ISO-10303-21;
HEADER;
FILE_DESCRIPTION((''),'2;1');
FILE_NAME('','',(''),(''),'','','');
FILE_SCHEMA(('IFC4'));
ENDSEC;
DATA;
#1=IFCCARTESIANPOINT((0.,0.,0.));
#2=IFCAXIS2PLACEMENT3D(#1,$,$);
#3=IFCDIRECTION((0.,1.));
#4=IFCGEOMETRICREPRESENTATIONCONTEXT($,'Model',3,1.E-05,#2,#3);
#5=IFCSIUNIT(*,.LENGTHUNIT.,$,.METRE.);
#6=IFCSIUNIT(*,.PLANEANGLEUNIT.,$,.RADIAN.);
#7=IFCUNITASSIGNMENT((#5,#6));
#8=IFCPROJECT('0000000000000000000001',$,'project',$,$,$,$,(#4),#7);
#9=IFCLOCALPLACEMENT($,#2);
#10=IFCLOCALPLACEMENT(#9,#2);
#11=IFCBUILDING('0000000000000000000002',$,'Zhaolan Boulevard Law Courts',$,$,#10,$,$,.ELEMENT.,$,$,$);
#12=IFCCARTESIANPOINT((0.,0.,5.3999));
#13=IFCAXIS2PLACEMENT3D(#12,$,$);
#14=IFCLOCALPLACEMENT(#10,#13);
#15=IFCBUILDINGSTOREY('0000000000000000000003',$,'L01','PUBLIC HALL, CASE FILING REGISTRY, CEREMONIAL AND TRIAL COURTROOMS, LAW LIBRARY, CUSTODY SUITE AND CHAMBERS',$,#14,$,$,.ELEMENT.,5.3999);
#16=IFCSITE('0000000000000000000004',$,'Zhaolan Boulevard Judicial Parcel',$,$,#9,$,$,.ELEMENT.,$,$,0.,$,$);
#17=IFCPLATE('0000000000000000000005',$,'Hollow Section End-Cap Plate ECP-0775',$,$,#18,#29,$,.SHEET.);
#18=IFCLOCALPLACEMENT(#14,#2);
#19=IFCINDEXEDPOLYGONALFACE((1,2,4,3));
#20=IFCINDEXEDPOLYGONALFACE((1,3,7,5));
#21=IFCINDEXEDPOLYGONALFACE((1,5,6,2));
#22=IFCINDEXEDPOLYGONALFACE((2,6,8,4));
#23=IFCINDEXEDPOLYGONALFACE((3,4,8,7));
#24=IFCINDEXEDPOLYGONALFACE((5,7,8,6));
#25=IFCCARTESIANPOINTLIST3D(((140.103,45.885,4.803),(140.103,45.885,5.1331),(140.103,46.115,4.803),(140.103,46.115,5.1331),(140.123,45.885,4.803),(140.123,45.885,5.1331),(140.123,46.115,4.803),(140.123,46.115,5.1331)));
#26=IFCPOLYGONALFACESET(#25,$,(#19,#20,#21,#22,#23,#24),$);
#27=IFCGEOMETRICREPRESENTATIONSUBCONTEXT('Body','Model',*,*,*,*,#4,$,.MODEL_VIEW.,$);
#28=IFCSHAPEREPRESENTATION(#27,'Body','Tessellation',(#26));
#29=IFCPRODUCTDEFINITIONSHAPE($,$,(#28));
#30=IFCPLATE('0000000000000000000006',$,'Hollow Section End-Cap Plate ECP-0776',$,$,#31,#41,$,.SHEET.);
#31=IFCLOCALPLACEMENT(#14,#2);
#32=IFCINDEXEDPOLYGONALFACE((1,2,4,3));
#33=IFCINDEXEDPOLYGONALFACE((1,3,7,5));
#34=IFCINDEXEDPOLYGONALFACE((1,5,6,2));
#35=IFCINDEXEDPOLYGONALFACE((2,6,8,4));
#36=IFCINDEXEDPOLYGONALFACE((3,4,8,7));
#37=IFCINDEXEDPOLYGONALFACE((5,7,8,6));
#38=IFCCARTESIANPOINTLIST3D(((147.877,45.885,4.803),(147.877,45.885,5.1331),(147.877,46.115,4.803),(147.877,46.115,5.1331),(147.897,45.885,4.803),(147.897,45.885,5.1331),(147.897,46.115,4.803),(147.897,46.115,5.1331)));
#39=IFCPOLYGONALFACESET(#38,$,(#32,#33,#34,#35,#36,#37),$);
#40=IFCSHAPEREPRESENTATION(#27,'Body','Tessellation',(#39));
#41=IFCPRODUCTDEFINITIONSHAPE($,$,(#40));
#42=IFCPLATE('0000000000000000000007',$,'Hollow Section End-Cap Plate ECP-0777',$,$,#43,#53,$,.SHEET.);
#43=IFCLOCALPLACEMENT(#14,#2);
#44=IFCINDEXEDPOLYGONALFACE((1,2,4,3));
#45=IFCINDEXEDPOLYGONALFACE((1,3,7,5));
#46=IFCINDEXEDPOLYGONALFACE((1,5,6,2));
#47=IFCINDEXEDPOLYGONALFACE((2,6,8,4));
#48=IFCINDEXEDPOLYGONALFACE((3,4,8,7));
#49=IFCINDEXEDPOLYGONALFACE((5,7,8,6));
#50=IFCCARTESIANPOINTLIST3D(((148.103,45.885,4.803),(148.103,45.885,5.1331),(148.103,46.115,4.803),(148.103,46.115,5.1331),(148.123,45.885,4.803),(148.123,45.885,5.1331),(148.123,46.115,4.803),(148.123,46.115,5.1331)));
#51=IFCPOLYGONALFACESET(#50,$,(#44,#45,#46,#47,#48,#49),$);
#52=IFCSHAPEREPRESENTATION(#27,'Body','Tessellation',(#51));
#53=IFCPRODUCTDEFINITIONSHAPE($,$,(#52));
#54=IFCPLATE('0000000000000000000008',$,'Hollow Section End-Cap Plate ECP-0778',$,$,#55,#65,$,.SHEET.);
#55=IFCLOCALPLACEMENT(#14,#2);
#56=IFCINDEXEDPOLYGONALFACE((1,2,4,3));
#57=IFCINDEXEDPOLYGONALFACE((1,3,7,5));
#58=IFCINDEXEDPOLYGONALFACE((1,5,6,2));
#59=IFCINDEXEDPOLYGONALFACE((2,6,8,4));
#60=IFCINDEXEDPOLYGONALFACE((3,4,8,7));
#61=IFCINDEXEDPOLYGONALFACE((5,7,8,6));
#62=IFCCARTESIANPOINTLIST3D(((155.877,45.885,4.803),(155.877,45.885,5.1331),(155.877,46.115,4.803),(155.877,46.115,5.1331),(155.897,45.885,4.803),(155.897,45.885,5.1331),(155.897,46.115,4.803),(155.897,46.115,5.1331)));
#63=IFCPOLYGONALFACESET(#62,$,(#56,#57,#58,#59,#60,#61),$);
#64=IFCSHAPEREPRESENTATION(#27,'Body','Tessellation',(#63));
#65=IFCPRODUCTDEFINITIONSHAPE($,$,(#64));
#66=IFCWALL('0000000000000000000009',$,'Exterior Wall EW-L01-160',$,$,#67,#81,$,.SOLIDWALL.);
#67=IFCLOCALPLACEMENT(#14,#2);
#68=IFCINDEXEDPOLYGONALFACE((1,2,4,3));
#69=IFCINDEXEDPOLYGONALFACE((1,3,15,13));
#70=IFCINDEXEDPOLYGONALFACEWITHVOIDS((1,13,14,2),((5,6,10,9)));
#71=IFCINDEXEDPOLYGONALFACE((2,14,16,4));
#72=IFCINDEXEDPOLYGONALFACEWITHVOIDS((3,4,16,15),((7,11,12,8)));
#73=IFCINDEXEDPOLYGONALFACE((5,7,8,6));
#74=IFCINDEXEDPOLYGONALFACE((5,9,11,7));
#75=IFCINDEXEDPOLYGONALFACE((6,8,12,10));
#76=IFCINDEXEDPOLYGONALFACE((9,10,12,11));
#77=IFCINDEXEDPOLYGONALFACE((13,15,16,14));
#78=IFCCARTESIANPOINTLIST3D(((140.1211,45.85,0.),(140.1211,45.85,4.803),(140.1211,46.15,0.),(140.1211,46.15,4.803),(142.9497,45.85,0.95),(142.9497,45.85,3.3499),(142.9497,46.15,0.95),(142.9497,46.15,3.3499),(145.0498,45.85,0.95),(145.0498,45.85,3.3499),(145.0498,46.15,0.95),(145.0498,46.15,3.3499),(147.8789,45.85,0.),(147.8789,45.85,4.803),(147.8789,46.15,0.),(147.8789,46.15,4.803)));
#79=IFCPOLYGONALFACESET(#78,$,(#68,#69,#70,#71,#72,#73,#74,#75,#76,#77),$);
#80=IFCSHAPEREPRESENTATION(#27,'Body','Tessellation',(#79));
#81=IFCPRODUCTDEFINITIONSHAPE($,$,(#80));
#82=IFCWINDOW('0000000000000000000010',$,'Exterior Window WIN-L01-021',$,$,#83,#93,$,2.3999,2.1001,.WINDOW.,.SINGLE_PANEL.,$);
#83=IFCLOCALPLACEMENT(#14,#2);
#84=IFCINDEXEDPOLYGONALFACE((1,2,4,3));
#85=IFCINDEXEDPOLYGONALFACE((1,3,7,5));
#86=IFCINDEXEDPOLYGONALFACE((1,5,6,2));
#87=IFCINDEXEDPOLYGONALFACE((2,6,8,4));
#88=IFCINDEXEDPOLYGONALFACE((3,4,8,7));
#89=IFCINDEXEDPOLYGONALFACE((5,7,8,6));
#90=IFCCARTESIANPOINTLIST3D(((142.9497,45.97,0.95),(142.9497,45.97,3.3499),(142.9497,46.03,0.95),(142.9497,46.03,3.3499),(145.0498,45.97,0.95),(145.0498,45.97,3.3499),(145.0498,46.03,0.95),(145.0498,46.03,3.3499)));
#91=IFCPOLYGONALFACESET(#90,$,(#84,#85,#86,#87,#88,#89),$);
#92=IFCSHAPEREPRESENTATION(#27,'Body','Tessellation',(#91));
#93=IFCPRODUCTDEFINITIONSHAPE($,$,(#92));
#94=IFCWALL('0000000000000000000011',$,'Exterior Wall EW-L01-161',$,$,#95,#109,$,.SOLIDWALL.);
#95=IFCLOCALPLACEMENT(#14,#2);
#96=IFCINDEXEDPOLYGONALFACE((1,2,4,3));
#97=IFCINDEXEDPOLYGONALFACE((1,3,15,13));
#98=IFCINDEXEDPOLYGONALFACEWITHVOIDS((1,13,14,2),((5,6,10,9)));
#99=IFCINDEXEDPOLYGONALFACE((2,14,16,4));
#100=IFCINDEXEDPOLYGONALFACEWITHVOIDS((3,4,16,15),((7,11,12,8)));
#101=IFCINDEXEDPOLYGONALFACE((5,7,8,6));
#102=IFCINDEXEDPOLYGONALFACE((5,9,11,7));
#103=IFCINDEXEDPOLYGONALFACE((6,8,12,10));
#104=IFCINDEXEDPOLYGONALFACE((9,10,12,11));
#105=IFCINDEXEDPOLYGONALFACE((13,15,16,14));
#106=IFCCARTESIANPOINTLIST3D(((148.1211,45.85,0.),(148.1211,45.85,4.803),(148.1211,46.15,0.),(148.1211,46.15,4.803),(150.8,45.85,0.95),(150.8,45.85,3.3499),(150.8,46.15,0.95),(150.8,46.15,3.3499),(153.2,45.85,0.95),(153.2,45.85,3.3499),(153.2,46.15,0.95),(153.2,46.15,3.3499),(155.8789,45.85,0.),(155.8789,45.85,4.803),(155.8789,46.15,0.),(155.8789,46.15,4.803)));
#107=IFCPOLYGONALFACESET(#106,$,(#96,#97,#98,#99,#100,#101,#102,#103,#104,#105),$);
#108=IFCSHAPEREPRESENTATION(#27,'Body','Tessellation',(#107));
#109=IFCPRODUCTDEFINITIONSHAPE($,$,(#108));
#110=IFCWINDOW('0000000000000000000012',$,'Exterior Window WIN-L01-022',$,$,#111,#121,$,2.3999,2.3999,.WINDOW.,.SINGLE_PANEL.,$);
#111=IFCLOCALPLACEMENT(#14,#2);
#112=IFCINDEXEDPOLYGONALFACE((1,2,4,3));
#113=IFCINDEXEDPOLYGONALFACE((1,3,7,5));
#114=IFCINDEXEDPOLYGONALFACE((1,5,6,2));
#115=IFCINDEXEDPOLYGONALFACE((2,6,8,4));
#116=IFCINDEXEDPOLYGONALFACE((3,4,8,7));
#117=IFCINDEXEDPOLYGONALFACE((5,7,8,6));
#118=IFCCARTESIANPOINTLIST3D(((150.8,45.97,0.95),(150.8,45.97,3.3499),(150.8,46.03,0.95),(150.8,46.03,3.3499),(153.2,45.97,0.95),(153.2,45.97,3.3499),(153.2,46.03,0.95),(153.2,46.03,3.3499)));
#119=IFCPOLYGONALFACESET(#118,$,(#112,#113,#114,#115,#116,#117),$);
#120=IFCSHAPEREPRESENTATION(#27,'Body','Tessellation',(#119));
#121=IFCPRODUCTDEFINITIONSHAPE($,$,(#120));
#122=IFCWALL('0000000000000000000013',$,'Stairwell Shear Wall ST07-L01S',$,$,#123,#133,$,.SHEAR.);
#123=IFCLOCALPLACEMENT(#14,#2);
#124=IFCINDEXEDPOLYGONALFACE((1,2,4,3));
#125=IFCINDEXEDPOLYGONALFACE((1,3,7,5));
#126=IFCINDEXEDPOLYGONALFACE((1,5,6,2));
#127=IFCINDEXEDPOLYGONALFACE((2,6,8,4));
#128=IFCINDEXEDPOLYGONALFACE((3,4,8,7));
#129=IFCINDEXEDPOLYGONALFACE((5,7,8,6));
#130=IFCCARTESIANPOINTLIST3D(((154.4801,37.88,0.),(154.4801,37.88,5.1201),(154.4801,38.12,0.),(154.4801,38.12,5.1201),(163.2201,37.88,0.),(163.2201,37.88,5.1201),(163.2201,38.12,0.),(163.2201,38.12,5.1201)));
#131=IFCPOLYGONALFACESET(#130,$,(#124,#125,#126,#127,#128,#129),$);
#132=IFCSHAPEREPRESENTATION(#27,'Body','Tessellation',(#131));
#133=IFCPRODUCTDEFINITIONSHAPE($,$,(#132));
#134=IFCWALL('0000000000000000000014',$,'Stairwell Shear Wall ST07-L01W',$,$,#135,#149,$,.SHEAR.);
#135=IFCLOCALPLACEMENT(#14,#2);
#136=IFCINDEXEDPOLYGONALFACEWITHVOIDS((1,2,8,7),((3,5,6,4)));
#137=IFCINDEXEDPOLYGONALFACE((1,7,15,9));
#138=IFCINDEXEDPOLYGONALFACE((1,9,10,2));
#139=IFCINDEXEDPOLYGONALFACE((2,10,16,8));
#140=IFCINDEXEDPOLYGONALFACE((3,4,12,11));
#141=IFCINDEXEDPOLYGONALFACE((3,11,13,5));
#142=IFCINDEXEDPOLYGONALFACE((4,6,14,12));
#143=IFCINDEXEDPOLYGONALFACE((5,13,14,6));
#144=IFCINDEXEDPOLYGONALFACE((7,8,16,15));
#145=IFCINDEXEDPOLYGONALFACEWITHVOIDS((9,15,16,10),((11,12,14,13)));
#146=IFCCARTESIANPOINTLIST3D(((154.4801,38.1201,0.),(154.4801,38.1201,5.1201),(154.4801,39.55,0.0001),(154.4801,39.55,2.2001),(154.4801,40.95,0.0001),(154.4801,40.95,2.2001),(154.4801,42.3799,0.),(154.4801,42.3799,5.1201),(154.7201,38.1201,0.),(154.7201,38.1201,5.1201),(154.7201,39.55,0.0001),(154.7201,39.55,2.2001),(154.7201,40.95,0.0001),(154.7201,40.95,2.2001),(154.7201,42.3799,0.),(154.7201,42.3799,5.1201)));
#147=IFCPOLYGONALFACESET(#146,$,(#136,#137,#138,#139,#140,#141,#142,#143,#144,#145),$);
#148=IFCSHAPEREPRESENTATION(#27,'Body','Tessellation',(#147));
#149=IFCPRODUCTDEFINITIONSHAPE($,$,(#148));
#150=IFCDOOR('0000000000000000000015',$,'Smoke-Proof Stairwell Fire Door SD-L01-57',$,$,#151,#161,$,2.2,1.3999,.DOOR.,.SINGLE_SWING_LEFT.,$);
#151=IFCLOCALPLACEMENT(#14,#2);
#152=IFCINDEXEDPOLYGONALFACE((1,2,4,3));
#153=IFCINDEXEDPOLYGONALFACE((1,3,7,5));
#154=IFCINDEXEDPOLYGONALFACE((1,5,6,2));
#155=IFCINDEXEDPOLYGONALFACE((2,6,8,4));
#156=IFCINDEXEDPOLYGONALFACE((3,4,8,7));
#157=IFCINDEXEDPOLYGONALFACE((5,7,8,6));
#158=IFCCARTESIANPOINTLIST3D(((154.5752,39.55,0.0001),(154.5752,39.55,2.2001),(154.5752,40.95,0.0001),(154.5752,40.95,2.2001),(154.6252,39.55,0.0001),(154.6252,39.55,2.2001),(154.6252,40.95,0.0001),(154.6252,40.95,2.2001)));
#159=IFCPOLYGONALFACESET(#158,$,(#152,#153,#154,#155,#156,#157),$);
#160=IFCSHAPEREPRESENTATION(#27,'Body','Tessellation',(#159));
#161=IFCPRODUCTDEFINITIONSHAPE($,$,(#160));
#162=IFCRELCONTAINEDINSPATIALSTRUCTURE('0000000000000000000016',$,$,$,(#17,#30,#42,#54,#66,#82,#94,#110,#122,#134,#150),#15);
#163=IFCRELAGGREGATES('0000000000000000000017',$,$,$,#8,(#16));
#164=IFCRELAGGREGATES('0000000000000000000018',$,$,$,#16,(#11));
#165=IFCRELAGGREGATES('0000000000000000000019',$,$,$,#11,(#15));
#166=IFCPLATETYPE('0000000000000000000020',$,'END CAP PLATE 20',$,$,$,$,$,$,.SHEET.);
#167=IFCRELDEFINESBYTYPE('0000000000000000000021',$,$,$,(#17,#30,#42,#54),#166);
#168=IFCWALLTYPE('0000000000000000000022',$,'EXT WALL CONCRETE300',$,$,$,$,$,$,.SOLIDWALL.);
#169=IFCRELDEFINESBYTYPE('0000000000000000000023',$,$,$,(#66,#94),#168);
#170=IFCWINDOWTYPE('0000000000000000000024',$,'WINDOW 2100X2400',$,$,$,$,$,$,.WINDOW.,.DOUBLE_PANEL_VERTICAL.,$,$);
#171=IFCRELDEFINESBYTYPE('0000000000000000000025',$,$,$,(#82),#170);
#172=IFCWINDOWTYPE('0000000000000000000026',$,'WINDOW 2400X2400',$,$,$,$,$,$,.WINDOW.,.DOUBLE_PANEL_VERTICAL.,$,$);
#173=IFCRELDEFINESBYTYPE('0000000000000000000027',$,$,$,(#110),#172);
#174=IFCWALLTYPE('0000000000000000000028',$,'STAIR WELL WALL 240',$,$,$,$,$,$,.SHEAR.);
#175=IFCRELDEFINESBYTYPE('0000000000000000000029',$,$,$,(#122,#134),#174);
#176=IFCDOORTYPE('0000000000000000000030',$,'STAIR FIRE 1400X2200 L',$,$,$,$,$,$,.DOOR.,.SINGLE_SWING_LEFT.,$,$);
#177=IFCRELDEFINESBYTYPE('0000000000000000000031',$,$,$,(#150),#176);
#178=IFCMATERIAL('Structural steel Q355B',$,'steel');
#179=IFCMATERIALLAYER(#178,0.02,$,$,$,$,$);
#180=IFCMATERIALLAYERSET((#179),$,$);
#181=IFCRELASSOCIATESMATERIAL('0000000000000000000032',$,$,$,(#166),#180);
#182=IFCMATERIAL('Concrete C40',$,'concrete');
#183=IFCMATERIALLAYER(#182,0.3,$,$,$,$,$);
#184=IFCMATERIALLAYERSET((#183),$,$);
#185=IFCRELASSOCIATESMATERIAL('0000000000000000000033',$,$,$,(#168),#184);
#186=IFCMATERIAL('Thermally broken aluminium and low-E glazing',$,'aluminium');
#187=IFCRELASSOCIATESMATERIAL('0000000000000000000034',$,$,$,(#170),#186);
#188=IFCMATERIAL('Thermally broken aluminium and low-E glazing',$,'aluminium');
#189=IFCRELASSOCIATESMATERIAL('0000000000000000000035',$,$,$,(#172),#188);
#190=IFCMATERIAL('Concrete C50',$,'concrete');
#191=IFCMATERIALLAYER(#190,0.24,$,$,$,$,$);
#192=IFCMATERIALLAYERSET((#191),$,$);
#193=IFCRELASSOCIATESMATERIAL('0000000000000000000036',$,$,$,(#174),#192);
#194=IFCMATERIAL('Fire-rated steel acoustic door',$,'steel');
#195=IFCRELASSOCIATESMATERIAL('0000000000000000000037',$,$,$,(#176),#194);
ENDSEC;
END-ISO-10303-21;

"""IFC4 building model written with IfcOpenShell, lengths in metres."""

from ifc_helpers import new_model, si_unit, direction, frame, frame_2d, origin, origin_2d, place, context, subcontext, project, spatial, rectangle, extrude, material, layer, layer_set, type_object, element, fill, save


model = new_model("IFC4")

# Units and contexts
model_context = context("Model", 3, precision=1e-05, world=origin(), true_north=direction((0.0, 1.0)))
body_context = subcontext(model_context, "Body", "Model", "MODEL_VIEW")
ifc_project = project(units=[si_unit("LENGTHUNIT", "METRE"), si_unit("PLANEANGLEUNIT", "RADIAN")], contexts=[model_context])

# Site, building, storey
site_placement = place(None, origin())
site = spatial("IfcSite", under=ifc_project, at=site_placement, Name="Zhaolan Boulevard Judicial Parcel", CompositionType="ELEMENT", RefElevation=0.0)
building_placement = place(site_placement, origin())
building = spatial("IfcBuilding", under=site, at=building_placement, Name="Zhaolan Boulevard Law Courts", CompositionType="ELEMENT")
storey_placement = place(building_placement, frame((0.0, 0.0, 5.3999)))
storey = spatial("IfcBuildingStorey", under=building, at=storey_placement, Name="L01", Description="PUBLIC HALL, CASE FILING REGISTRY, CEREMONIAL AND TRIAL COURTROOMS, LAW LIBRARY, CUSTODY SUITE AND CHAMBERS", CompositionType="ELEMENT", Elevation=5.3999)

# Plates
ifc_material_1 = material(Name="Structural steel Q355B", Category="steel")
ifc_layer_1 = layer(ifc_material_1, 0.02)
ifc_layer_set_1 = layer_set([ifc_layer_1])
plate_type = type_object("IfcPlateType", Name="END CAP PLATE 20", PredefinedType="SHEET", material=ifc_layer_set_1)
for number, where, z_axis, x_axis, name in (
    (1, (140.113, 46.0, 4.803), (0.0, 0.0, 1.0), (1.0, 0.0, 0.0), "Hollow Section End-Cap Plate ECP-0775"),
    (2, (147.887, 46.0, 4.803), (0.0, 0.0, 1.0), (1.0, 0.0, 0.0), "Hollow Section End-Cap Plate ECP-0776"),
    (3, (148.113, 46.0, 4.803), (0.0, 0.0, 1.0), (1.0, 0.0, 0.0), "Hollow Section End-Cap Plate ECP-0777"),
    (4, (155.887, 46.0, 4.803), (0.0, 0.0, 1.0), (1.0, 0.0, 0.0), "Hollow Section End-Cap Plate ECP-0778"),
):
    element("IfcPlate", number, at=place(storey_placement, frame(where, z_axis=z_axis, x_axis=x_axis)), inside=storey, type_object=plate_type, Name=name, PredefinedType="SHEET", context=body_context, shape_type="SweptSolid", body=[
        extrude(rectangle(XDim=0.02, YDim=0.23, at=origin_2d()), origin(), (0.0, 0.0, 1.0), 0.3301),
    ])

# Walls, openings, windows
ifc_material_2 = material(Name="Concrete C40", Category="concrete")
ifc_layer_2 = layer(ifc_material_2, 0.3)
ifc_layer_set_2 = layer_set([ifc_layer_2])
wall_type_1 = type_object("IfcWallType", Name="EXT WALL CONCRETE300", PredefinedType="SOLIDWALL", material=ifc_layer_set_2)
wall_1_placement = place(storey_placement, frame((147.8789, 46.0, 0.0), z_axis=(0.0, 0.0, 1.0), x_axis=(-1.0, 0.0, 0.0)))
wall_1 = element("IfcWall", 5, at=wall_1_placement, inside=storey, type_object=wall_type_1, Name="Exterior Wall EW-L01-160", PredefinedType="SOLIDWALL", context=body_context, shape_type="SweptSolid", body=[
    extrude(rectangle(XDim=7.7578, YDim=0.3, at=frame_2d((3.8789, 0.0))), origin(), (0.0, 0.0, 1.0), 4.803),
])
opening_1_placement = place(wall_1_placement, frame((2.8291, 0.0, 0.95)))
opening_1 = element("IfcOpeningElement", 6, at=opening_1_placement, cuts=wall_1, PredefinedType="OPENING", context=body_context, shape_type="SweptSolid", body=[
    extrude(rectangle(XDim=2.1001, YDim=2.3999, at=frame_2d((1.05, 1.2))), frame((0.0, 0.1599, 0.0), z_axis=(0.0, -1.0, 0.0), x_axis=(1.0, 0.0, 0.0)), (0.0, 0.0, 1.0), 0.3201),
])
ifc_material_3 = material(Name="Thermally broken aluminium and low-E glazing", Category="aluminium")
window_type_1 = type_object("IfcWindowType", Name="WINDOW 2100X2400", PartitioningType="DOUBLE_PANEL_VERTICAL", PredefinedType="WINDOW", material=ifc_material_3)
window_1_placement = place(opening_1_placement, origin())
window_1 = element("IfcWindow", 7, at=window_1_placement, inside=storey, type_object=window_type_1, Name="Exterior Window WIN-L01-021", OverallHeight=2.3999, OverallWidth=2.1001, PartitioningType="SINGLE_PANEL", PredefinedType="WINDOW", context=body_context, shape_type="SweptSolid", body=[
    extrude(rectangle(XDim=2.1001, YDim=2.3999, at=frame_2d((1.05, 1.2))), frame((0.0, 0.03, 0.0), z_axis=(0.0, -1.0, 0.0), x_axis=(1.0, 0.0, 0.0)), (0.0, 0.0, 1.0), 0.0601),
])
fill(opening_1, window_1)
wall_2_placement = place(storey_placement, frame((155.8789, 46.0, 0.0), z_axis=(0.0, 0.0, 1.0), x_axis=(-1.0, 0.0, 0.0)))
wall_2 = element("IfcWall", 8, at=wall_2_placement, inside=storey, type_object=wall_type_1, Name="Exterior Wall EW-L01-161", PredefinedType="SOLIDWALL", context=body_context, shape_type="SweptSolid", body=[
    extrude(rectangle(XDim=7.7578, YDim=0.3, at=frame_2d((3.8789, 0.0))), origin(), (0.0, 0.0, 1.0), 4.803),
])
opening_2_placement = place(wall_2_placement, frame((2.679, 0.0, 0.95)))
opening_2 = element("IfcOpeningElement", 9, at=opening_2_placement, cuts=wall_2, PredefinedType="OPENING", context=body_context, shape_type="SweptSolid", body=[
    extrude(rectangle(XDim=2.3999, YDim=2.3999, at=frame_2d((1.2, 1.2))), frame((0.0, 0.1599, 0.0), z_axis=(0.0, -1.0, 0.0), x_axis=(1.0, 0.0, 0.0)), (0.0, 0.0, 1.0), 0.3201),
])
ifc_material_4 = material(Name="Thermally broken aluminium and low-E glazing", Category="aluminium")
window_type_2 = type_object("IfcWindowType", Name="WINDOW 2400X2400", PartitioningType="DOUBLE_PANEL_VERTICAL", PredefinedType="WINDOW", material=ifc_material_4)
window_2_placement = place(opening_2_placement, origin())
window_2 = element("IfcWindow", 10, at=window_2_placement, inside=storey, type_object=window_type_2, Name="Exterior Window WIN-L01-022", OverallHeight=2.3999, OverallWidth=2.3999, PartitioningType="SINGLE_PANEL", PredefinedType="WINDOW", context=body_context, shape_type="SweptSolid", body=[
    extrude(rectangle(XDim=2.3999, YDim=2.3999, at=frame_2d((1.2, 1.2))), frame((0.0, 0.03, 0.0), z_axis=(0.0, -1.0, 0.0), x_axis=(1.0, 0.0, 0.0)), (0.0, 0.0, 1.0), 0.0601),
])
fill(opening_2, window_2)

# Wall
ifc_material_5 = material(Name="Concrete C50", Category="concrete")
ifc_layer_3 = layer(ifc_material_5, 0.24)
ifc_layer_set_3 = layer_set([ifc_layer_3])
wall_type_2 = type_object("IfcWallType", Name="STAIR WELL WALL 240", PredefinedType="SHEAR", material=ifc_layer_set_3)
wall_3_placement = place(storey_placement, frame((154.48, 38.0, 0.0), z_axis=(0.0, 0.0, 1.0), x_axis=(1.0, 0.0, 0.0)))
element("IfcWall", 11, at=wall_3_placement, inside=storey, type_object=wall_type_2, Name="Stairwell Shear Wall ST07-L01S", PredefinedType="SHEAR", context=body_context, shape_type="SweptSolid", body=[
    extrude(rectangle(XDim=8.74, YDim=0.24, at=frame_2d((4.3701, 0.0))), origin(), (0.0, 0.0, 1.0), 5.1201),
])

# Wall, opening, door
wall_4_placement = place(storey_placement, frame((154.6001, 38.1201, 0.0), z_axis=(0.0, 0.0, 1.0), x_axis=(0.0, 1.0, 0.0)))
wall_4 = element("IfcWall", 12, at=wall_4_placement, inside=storey, type_object=wall_type_2, Name="Stairwell Shear Wall ST07-L01W", PredefinedType="SHEAR", context=body_context, shape_type="SweptSolid", body=[
    extrude(rectangle(XDim=4.2598, YDim=0.24, at=frame_2d((2.1299, 0.0))), origin(), (0.0, 0.0, 1.0), 5.1201),
])
opening_3_placement = place(wall_4_placement, frame((1.4299, 0.0, 0.0)))
opening_3 = element("IfcOpeningElement", 13, at=opening_3_placement, cuts=wall_4, PredefinedType="OPENING", context=body_context, shape_type="SweptSolid", body=[
    extrude(rectangle(XDim=1.3999, YDim=2.2, at=frame_2d((0.7, 1.1001))), frame((0.0, 0.1299, 0.0), z_axis=(0.0, -1.0, 0.0), x_axis=(1.0, 0.0, 0.0)), (0.0, 0.0, 1.0), 0.26),
])
ifc_material_6 = material(Name="Fire-rated steel acoustic door", Category="steel")
door_type = type_object("IfcDoorType", Name="STAIR FIRE 1400X2200 L", OperationType="SINGLE_SWING_LEFT", PredefinedType="DOOR", material=ifc_material_6)
door_placement = place(opening_3_placement, origin())
door = element("IfcDoor", 14, at=door_placement, inside=storey, type_object=door_type, Name="Smoke-Proof Stairwell Fire Door SD-L01-57", OperationType="SINGLE_SWING_LEFT", OverallHeight=2.2, OverallWidth=1.3999, PredefinedType="DOOR", context=body_context, shape_type="SweptSolid", body=[
    extrude(rectangle(XDim=1.3999, YDim=2.2, at=frame_2d((0.7, 1.1001))), frame((0.0, 0.0249, 0.0), z_axis=(0.0, -1.0, 0.0), x_axis=(1.0, 0.0, 0.0)), (0.0, 0.0, 1.0), 0.05),
])
fill(opening_3, door)

save(model, "model.ifc")
